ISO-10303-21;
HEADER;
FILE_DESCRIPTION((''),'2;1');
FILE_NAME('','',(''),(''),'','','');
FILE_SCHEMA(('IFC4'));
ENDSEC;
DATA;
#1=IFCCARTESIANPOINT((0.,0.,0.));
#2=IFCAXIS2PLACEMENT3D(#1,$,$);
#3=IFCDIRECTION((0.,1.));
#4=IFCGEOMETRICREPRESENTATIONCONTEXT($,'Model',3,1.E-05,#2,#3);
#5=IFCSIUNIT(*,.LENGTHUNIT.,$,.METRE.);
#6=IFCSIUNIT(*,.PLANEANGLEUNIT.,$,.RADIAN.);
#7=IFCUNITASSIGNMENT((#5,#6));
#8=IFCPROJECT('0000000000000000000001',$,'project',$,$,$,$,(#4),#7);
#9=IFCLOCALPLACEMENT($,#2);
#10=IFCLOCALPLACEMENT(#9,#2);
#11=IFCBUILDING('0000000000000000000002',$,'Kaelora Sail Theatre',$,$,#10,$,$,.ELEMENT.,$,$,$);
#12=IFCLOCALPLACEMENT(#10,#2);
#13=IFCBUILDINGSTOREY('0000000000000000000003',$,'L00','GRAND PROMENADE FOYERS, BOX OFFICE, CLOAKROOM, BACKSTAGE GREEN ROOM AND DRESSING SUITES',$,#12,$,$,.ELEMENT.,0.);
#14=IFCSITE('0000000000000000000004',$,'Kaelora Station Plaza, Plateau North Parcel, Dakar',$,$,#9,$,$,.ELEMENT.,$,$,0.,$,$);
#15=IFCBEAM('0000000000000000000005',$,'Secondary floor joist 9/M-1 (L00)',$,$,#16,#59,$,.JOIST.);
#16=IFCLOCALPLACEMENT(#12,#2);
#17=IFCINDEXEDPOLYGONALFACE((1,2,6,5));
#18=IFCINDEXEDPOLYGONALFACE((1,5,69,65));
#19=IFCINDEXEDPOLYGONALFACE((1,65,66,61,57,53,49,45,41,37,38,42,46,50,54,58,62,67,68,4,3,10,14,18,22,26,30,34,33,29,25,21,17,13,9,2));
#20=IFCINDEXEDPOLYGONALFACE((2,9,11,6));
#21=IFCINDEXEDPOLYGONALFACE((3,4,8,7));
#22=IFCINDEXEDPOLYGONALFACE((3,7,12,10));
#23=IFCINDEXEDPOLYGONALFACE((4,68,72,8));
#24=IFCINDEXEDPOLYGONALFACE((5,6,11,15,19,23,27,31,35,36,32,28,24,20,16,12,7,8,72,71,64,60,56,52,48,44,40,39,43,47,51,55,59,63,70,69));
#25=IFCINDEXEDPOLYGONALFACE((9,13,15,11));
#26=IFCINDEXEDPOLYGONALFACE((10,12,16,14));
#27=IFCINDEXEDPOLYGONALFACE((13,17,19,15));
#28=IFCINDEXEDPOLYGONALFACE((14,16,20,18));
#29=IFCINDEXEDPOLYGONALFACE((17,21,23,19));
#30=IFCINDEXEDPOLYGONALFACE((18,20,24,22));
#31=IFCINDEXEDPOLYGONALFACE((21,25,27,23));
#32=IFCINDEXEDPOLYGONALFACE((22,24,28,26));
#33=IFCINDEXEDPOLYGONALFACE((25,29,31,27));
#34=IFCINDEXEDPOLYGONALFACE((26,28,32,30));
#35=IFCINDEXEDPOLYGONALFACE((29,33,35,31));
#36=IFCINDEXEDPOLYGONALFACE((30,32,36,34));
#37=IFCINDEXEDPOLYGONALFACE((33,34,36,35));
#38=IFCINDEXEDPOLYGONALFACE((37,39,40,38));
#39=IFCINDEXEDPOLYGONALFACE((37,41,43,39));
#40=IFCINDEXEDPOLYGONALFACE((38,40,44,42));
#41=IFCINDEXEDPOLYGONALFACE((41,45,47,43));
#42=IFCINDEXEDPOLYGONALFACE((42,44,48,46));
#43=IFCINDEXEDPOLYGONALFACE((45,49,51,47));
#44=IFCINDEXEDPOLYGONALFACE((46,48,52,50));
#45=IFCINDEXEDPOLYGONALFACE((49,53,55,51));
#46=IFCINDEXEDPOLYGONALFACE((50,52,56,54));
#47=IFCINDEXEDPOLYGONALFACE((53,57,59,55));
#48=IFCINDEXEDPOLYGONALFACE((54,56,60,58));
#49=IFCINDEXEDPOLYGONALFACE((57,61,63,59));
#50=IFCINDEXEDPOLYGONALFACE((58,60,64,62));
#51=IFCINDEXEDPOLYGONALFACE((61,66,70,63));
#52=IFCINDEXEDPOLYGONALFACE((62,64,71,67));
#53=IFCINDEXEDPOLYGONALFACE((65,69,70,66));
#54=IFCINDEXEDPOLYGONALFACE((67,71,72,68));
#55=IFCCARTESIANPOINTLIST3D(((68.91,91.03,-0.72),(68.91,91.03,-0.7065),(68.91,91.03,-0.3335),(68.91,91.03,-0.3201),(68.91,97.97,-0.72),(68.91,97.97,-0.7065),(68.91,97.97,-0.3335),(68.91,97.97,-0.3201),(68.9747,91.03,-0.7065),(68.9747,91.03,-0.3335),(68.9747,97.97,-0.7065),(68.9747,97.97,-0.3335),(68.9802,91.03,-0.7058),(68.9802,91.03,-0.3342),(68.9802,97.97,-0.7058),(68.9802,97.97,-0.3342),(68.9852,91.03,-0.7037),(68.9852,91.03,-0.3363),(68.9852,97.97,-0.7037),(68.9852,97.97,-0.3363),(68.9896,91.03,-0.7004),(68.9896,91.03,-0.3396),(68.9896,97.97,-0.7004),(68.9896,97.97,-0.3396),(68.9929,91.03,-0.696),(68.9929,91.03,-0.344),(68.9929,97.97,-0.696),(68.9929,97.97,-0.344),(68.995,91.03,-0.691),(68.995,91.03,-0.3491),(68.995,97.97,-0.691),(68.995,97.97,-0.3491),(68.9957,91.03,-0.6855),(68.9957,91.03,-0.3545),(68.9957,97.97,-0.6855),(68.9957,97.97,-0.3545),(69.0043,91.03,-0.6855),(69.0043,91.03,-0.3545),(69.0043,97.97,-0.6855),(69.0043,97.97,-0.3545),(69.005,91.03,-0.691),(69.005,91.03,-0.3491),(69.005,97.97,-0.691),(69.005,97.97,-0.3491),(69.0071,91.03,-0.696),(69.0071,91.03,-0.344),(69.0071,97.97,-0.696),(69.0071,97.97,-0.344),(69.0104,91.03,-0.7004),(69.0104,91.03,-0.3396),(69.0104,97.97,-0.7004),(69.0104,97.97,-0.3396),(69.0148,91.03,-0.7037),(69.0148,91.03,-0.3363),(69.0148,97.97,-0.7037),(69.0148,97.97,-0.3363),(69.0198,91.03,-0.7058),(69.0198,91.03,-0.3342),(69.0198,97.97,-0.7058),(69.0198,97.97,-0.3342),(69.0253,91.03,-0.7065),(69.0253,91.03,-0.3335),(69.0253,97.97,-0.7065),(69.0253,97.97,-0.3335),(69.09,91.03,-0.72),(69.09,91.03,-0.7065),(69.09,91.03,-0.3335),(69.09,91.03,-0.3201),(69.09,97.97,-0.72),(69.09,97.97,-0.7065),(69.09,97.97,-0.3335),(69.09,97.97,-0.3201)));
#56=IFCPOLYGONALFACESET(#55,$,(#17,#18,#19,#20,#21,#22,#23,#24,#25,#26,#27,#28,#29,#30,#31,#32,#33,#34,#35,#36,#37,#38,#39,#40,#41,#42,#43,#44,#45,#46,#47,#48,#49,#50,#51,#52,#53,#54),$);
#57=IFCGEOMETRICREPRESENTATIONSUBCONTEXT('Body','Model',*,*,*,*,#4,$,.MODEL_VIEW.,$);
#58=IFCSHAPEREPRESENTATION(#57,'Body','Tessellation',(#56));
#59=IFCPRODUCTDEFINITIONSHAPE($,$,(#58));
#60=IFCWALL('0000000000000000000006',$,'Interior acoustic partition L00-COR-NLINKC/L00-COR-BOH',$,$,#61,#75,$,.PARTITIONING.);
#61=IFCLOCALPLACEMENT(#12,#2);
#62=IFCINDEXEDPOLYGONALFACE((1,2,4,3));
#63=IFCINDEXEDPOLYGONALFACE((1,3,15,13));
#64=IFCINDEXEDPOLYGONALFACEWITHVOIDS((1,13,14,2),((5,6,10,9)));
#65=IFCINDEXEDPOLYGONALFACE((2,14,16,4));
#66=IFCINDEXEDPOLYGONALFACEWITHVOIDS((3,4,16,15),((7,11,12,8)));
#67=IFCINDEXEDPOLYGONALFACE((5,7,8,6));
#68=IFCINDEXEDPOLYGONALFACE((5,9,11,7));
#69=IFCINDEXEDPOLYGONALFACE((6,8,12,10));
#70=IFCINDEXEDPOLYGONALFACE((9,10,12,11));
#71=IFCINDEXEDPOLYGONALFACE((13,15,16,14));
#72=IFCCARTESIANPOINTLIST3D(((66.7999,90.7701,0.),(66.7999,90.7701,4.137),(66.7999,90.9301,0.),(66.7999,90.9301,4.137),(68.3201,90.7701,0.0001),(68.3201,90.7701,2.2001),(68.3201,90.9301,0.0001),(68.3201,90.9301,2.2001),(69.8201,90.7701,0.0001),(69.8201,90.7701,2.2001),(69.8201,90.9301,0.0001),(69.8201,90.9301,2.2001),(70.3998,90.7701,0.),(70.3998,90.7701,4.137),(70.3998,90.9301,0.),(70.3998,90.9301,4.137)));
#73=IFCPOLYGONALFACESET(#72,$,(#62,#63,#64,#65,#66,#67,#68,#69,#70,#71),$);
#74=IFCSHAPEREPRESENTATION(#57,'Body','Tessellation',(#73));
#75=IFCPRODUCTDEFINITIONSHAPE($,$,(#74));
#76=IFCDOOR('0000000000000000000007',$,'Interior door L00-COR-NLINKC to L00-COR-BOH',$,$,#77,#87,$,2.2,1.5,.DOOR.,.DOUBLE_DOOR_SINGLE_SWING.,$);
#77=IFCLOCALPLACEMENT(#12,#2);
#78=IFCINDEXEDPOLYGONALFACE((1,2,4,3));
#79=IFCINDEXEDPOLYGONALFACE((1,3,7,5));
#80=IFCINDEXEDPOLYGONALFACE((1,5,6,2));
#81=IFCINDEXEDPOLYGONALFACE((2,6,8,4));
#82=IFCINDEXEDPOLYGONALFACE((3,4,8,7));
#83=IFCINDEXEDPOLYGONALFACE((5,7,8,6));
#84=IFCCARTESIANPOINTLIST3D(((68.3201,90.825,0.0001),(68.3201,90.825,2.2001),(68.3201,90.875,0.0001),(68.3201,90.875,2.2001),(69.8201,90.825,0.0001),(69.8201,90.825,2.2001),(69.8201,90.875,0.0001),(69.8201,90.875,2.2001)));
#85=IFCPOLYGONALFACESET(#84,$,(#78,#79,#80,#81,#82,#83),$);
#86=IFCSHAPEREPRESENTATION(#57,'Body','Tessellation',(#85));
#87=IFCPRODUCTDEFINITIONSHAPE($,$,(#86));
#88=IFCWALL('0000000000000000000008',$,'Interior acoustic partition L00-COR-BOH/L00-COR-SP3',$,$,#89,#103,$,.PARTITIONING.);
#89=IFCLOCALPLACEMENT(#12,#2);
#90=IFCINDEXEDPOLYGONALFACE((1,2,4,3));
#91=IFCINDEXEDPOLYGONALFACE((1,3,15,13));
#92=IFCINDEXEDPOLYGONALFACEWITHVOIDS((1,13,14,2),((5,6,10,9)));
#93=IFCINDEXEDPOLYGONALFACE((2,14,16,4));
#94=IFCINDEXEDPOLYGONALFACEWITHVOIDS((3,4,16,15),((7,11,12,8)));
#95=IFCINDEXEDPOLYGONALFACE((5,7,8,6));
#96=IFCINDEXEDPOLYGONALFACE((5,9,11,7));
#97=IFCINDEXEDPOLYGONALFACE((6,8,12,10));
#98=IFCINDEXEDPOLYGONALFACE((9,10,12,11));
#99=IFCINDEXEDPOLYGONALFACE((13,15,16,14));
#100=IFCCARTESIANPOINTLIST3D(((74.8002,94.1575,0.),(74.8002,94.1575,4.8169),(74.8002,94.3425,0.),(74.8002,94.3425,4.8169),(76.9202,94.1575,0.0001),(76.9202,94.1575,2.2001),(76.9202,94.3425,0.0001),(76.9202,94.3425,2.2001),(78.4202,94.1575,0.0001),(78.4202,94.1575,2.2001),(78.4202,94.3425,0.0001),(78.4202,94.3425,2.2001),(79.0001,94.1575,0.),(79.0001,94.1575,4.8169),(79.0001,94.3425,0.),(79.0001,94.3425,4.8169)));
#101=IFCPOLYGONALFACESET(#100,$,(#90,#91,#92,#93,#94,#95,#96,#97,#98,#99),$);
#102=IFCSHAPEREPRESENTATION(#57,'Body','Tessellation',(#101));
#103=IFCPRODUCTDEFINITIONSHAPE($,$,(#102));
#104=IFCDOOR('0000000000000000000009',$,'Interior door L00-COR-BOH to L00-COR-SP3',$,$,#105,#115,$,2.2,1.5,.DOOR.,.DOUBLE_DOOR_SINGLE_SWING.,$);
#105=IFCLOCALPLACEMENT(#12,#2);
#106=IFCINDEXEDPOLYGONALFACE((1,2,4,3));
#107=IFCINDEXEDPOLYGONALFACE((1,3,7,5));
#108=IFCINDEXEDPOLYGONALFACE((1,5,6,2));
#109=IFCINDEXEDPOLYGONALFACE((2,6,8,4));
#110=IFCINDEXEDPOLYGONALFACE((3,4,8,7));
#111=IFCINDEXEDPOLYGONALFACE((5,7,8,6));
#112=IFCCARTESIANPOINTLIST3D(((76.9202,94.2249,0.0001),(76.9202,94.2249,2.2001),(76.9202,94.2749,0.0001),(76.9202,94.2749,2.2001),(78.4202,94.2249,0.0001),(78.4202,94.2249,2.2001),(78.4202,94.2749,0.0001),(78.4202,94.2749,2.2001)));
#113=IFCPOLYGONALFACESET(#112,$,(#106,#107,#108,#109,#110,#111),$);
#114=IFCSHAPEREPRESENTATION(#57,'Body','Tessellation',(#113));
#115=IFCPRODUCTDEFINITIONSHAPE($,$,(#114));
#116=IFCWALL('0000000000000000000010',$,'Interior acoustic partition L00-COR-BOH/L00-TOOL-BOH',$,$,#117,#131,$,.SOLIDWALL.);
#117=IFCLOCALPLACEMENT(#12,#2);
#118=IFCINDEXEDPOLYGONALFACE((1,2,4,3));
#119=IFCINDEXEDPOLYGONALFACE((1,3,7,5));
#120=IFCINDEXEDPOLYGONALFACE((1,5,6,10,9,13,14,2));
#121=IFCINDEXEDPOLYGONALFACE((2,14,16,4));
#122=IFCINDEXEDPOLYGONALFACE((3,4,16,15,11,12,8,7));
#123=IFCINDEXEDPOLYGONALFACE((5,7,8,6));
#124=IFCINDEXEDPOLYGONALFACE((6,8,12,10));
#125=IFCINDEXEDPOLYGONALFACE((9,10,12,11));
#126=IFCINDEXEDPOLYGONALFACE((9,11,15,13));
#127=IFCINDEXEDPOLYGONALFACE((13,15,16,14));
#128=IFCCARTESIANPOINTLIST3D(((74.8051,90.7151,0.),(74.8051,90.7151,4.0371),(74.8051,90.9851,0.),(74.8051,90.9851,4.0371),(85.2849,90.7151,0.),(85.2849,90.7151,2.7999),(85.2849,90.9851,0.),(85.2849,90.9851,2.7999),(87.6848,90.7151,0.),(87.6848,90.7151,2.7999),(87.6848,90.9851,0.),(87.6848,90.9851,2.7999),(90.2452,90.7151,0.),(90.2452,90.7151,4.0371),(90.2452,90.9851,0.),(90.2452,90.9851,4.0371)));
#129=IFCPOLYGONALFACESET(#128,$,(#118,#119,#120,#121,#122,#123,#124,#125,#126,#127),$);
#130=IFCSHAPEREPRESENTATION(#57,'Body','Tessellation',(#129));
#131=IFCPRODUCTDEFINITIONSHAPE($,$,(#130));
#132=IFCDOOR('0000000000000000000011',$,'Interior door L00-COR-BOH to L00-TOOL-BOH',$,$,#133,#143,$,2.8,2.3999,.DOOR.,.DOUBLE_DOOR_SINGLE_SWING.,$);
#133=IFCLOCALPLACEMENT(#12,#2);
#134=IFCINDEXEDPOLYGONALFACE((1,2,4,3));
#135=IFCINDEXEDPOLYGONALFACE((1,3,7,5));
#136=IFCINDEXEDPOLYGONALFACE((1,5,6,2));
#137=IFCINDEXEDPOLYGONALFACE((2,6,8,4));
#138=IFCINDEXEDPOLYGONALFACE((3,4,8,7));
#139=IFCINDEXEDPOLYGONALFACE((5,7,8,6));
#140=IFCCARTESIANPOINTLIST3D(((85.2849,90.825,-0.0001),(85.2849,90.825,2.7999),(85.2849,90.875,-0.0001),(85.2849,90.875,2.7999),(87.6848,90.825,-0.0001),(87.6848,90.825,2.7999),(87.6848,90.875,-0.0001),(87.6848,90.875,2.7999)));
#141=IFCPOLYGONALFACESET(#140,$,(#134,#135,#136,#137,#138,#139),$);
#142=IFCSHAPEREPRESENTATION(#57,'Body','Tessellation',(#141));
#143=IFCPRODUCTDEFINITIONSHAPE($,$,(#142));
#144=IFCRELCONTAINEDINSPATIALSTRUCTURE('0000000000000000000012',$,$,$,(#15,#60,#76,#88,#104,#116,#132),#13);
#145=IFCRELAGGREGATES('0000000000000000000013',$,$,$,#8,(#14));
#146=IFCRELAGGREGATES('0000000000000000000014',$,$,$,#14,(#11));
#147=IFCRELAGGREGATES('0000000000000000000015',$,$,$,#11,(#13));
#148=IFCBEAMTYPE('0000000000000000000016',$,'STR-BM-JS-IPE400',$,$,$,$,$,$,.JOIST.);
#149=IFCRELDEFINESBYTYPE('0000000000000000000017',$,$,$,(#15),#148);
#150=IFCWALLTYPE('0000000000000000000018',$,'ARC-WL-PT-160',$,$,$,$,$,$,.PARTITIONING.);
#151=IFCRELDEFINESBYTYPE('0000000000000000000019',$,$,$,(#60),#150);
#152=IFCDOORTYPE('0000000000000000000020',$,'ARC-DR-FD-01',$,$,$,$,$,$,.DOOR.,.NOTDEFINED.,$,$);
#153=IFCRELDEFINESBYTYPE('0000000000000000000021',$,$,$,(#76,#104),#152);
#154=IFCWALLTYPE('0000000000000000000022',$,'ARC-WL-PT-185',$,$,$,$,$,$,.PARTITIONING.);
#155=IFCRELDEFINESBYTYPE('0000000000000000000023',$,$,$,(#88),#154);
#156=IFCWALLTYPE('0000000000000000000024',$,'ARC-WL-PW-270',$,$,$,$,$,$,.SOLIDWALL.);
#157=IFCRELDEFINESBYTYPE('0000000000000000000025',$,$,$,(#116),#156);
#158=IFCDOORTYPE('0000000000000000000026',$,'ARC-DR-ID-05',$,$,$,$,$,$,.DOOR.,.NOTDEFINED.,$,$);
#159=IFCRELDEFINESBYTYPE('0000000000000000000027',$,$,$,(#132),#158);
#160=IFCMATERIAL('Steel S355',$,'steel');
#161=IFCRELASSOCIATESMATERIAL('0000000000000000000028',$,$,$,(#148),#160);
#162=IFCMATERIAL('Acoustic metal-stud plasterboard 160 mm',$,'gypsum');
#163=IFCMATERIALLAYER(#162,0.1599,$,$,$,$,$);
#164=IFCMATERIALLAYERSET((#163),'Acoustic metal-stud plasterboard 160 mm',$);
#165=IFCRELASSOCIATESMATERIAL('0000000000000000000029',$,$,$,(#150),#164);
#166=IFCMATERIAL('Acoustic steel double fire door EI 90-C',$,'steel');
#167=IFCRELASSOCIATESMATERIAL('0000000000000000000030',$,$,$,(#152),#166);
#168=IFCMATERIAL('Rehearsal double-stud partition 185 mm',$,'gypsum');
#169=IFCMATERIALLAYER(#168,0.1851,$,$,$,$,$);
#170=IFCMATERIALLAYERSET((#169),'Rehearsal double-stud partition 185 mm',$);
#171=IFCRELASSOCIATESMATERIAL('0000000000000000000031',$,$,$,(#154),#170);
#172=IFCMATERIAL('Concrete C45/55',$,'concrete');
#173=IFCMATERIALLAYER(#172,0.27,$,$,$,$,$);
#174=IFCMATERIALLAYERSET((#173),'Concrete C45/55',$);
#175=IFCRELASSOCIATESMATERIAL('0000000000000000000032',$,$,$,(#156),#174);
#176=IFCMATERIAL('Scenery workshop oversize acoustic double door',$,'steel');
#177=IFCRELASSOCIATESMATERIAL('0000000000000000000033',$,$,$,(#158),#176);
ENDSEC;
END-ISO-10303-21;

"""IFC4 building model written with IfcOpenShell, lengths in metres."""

from ifc_helpers import new_model, si_unit, direction, frame, frame_2d, origin, origin_2d, place, context, subcontext, project, spatial, rectangle, i_section, extrude, material, layer, layer_set, material_profile, profile_set, type_object, element, fill, save


model = new_model("IFC4")

# Units and contexts
model_context = context("Model", 3, precision=1e-05, world=origin(), true_north=direction((0.0, 1.0)))
body_context = subcontext(model_context, "Body", "Model", "MODEL_VIEW")
ifc_project = project(units=[si_unit("LENGTHUNIT", "METRE"), si_unit("PLANEANGLEUNIT", "RADIAN")], contexts=[model_context])

# Site, building, storey
site_placement = place(None, origin())
site = spatial("IfcSite", under=ifc_project, at=site_placement, Name="Kaelora Station Plaza, Plateau North Parcel, Dakar", CompositionType="ELEMENT", RefElevation=0.0)
building_placement = place(site_placement, origin())
building = spatial("IfcBuilding", under=site, at=building_placement, Name="Kaelora Sail Theatre", CompositionType="ELEMENT")
storey_placement = place(building_placement, origin())
storey = spatial("IfcBuildingStorey", under=building, at=storey_placement, Name="L00", Description="GRAND PROMENADE FOYERS, BOX OFFICE, CLOAKROOM, BACKSTAGE GREEN ROOM AND DRESSING SUITES", CompositionType="ELEMENT", Elevation=0.0)

# Beam
ifc_material_1 = material(Name="Steel S355", Category="steel")
ifc_material_profile_1 = material_profile(ifc_material_1, i_section(OverallWidth=0.1799, OverallDepth=0.3999, WebThickness=0.0085, FlangeThickness=0.0134, FilletRadius=0.021, at=origin_2d()), Name="IPE 400")
ifc_profile_set_1 = profile_set([ifc_material_profile_1], Name="Steel S355")
beam_type_1 = type_object("IfcBeamType", Name="STR-BM-JS-IPE400", PredefinedType="JOIST", material=ifc_profile_set_1)
beam_1_placement = place(storey_placement, frame((69.0, 91.03, -0.52), z_axis=(0.0, 1.0, 0.0), x_axis=(-1.0, 0.0, 0.0)))
element("IfcBeam", 1, at=beam_1_placement, inside=storey, type_object=beam_type_1, Name="Secondary floor joist 9/M-1 (L00)", PredefinedType="JOIST", context=body_context, shape_type="SweptSolid", body=[
    extrude(i_section(OverallWidth=0.1799, OverallDepth=0.3999, WebThickness=0.0085, FlangeThickness=0.0134, FilletRadius=0.021, at=origin_2d()), origin(), (0.0, 0.0, 1.0), 6.9399),
])

# Walls, openings, doors
ifc_material_2 = material(Name="Acoustic metal-stud plasterboard 160 mm", Category="gypsum")
ifc_layer_1 = layer(ifc_material_2, 0.1599)
ifc_layer_set_1 = layer_set([ifc_layer_1], Name="Acoustic metal-stud plasterboard 160 mm")
wall_type_1 = type_object("IfcWallType", Name="ARC-WL-PT-160", PredefinedType="PARTITIONING", material=ifc_layer_set_1)
wall_1_placement = place(storey_placement, frame((66.8, 90.8501, 0.0), z_axis=(0.0, 0.0, 1.0), x_axis=(1.0, 0.0, 0.0)))
wall_1 = element("IfcWall", 2, at=wall_1_placement, inside=storey, type_object=wall_type_1, Name="Interior acoustic partition L00-COR-NLINKC/L00-COR-BOH", PredefinedType="PARTITIONING", context=body_context, shape_type="SweptSolid", body=[
    extrude(rectangle(XDim=3.5999, YDim=0.1599, at=frame_2d((1.7998, 0.0))), origin(), (0.0, 0.0, 1.0), 4.137),
])
opening_1_placement = place(wall_1_placement, frame((1.52, 0.0, 0.0)))
opening_1 = element("IfcOpeningElement", 3, at=opening_1_placement, cuts=wall_1, PredefinedType="OPENING", context=body_context, shape_type="SweptSolid", body=[
    extrude(rectangle(XDim=1.5, YDim=2.2, at=frame_2d((0.75, 1.1001))), frame((0.0, 0.0901, 0.0), z_axis=(0.0, -1.0, 0.0), x_axis=(1.0, 0.0, 0.0)), (0.0, 0.0, 1.0), 0.1799),
])
ifc_material_3 = material(Name="Acoustic steel double fire door EI 90-C", Category="steel")
door_type_1 = type_object("IfcDoorType", Name="ARC-DR-FD-01", OperationType="NOTDEFINED", PredefinedType="DOOR", material=ifc_material_3)
door_1_placement = place(opening_1_placement, origin())
door_1 = element("IfcDoor", 4, at=door_1_placement, inside=storey, type_object=door_type_1, Name="Interior door L00-COR-NLINKC to L00-COR-BOH", OperationType="DOUBLE_DOOR_SINGLE_SWING", OverallHeight=2.2, OverallWidth=1.5, PredefinedType="DOOR", context=body_context, shape_type="SweptSolid", body=[
    extrude(rectangle(XDim=1.5, YDim=2.2, at=frame_2d((0.75, 1.1001))), frame((0.0, 0.0249, 0.0), z_axis=(0.0, -1.0, 0.0), x_axis=(1.0, 0.0, 0.0)), (0.0, 0.0, 1.0), 0.05),
])
fill(opening_1, door_1)
ifc_material_4 = material(Name="Rehearsal double-stud partition 185 mm", Category="gypsum")
ifc_layer_2 = layer(ifc_material_4, 0.1851)
ifc_layer_set_2 = layer_set([ifc_layer_2], Name="Rehearsal double-stud partition 185 mm")
wall_type_2 = type_object("IfcWallType", Name="ARC-WL-PT-185", PredefinedType="PARTITIONING", material=ifc_layer_set_2)
wall_2_placement = place(storey_placement, frame((74.8, 94.25, 0.0), z_axis=(0.0, 0.0, 1.0), x_axis=(1.0, 0.0, 0.0)))
wall_2 = element("IfcWall", 5, at=wall_2_placement, inside=storey, type_object=wall_type_2, Name="Interior acoustic partition L00-COR-BOH/L00-COR-SP3", PredefinedType="PARTITIONING", context=body_context, shape_type="SweptSolid", body=[
    extrude(rectangle(XDim=4.2, YDim=0.1851, at=frame_2d((2.1001, 0.0))), origin(), (0.0, 0.0, 1.0), 4.8169),
])
opening_2_placement = place(wall_2_placement, frame((2.1201, 0.0, 0.0)))
opening_2 = element("IfcOpeningElement", 6, at=opening_2_placement, cuts=wall_2, PredefinedType="OPENING", context=body_context, shape_type="SweptSolid", body=[
    extrude(rectangle(XDim=1.5, YDim=2.2, at=frame_2d((0.75, 1.1001))), frame((0.0, 0.1025, 0.0), z_axis=(0.0, -1.0, 0.0), x_axis=(1.0, 0.0, 0.0)), (0.0, 0.0, 1.0), 0.2051),
])
door_2_placement = place(opening_2_placement, origin())
door_2 = element("IfcDoor", 7, at=door_2_placement, inside=storey, type_object=door_type_1, Name="Interior door L00-COR-BOH to L00-COR-SP3", OperationType="DOUBLE_DOOR_SINGLE_SWING", OverallHeight=2.2, OverallWidth=1.5, PredefinedType="DOOR", context=body_context, shape_type="SweptSolid", body=[
    extrude(rectangle(XDim=1.5, YDim=2.2, at=frame_2d((0.75, 1.1001))), frame((0.0, 0.0249, 0.0), z_axis=(0.0, -1.0, 0.0), x_axis=(1.0, 0.0, 0.0)), (0.0, 0.0, 1.0), 0.05),
])
fill(opening_2, door_2)
ifc_material_5 = material(Name="Concrete C45/55", Category="concrete")
ifc_layer_3 = layer(ifc_material_5, 0.27)
ifc_layer_set_3 = layer_set([ifc_layer_3], Name="Concrete C45/55")
wall_type_3 = type_object("IfcWallType", Name="ARC-WL-PW-270", PredefinedType="SOLIDWALL", material=ifc_layer_set_3)
wall_3_placement = place(storey_placement, frame((74.8049, 90.8501, 0.0), z_axis=(0.0, 0.0, 1.0), x_axis=(1.0, 0.0, 0.0)))
wall_3 = element("IfcWall", 8, at=wall_3_placement, inside=storey, type_object=wall_type_3, Name="Interior acoustic partition L00-COR-BOH/L00-TOOL-BOH", PredefinedType="SOLIDWALL", context=body_context, shape_type="SweptSolid", body=[
    extrude(rectangle(XDim=15.4402, YDim=0.27, at=frame_2d((7.7202, 0.0))), origin(), (0.0, 0.0, 1.0), 4.0371),
])
opening_3_placement = place(wall_3_placement, frame((10.48, 0.0, 0.0)))
opening_3 = element("IfcOpeningElement", 9, at=opening_3_placement, cuts=wall_3, PredefinedType="OPENING", context=body_context, shape_type="SweptSolid", body=[
    extrude(rectangle(XDim=2.3999, YDim=2.8, at=frame_2d((1.2, 1.3999))), frame((0.0, 0.145, 0.0), z_axis=(0.0, -1.0, 0.0), x_axis=(1.0, 0.0, 0.0)), (0.0, 0.0, 1.0), 0.29),
])
ifc_material_6 = material(Name="Scenery workshop oversize acoustic double door", Category="steel")
door_type_2 = type_object("IfcDoorType", Name="ARC-DR-ID-05", OperationType="NOTDEFINED", PredefinedType="DOOR", material=ifc_material_6)
door_3_placement = place(opening_3_placement, origin())
door_3 = element("IfcDoor", 10, at=door_3_placement, inside=storey, type_object=door_type_2, Name="Interior door L00-COR-BOH to L00-TOOL-BOH", OperationType="DOUBLE_DOOR_SINGLE_SWING", OverallHeight=2.8, OverallWidth=2.3999, PredefinedType="DOOR", context=body_context, shape_type="SweptSolid", body=[
    extrude(rectangle(XDim=2.3999, YDim=2.8, at=frame_2d((1.2, 1.3999))), frame((0.0, 0.0249, 0.0), z_axis=(0.0, -1.0, 0.0), x_axis=(1.0, 0.0, 0.0)), (0.0, 0.0, 1.0), 0.05),
])
fill(opening_3, door_3)

save(model, "model.ifc")
